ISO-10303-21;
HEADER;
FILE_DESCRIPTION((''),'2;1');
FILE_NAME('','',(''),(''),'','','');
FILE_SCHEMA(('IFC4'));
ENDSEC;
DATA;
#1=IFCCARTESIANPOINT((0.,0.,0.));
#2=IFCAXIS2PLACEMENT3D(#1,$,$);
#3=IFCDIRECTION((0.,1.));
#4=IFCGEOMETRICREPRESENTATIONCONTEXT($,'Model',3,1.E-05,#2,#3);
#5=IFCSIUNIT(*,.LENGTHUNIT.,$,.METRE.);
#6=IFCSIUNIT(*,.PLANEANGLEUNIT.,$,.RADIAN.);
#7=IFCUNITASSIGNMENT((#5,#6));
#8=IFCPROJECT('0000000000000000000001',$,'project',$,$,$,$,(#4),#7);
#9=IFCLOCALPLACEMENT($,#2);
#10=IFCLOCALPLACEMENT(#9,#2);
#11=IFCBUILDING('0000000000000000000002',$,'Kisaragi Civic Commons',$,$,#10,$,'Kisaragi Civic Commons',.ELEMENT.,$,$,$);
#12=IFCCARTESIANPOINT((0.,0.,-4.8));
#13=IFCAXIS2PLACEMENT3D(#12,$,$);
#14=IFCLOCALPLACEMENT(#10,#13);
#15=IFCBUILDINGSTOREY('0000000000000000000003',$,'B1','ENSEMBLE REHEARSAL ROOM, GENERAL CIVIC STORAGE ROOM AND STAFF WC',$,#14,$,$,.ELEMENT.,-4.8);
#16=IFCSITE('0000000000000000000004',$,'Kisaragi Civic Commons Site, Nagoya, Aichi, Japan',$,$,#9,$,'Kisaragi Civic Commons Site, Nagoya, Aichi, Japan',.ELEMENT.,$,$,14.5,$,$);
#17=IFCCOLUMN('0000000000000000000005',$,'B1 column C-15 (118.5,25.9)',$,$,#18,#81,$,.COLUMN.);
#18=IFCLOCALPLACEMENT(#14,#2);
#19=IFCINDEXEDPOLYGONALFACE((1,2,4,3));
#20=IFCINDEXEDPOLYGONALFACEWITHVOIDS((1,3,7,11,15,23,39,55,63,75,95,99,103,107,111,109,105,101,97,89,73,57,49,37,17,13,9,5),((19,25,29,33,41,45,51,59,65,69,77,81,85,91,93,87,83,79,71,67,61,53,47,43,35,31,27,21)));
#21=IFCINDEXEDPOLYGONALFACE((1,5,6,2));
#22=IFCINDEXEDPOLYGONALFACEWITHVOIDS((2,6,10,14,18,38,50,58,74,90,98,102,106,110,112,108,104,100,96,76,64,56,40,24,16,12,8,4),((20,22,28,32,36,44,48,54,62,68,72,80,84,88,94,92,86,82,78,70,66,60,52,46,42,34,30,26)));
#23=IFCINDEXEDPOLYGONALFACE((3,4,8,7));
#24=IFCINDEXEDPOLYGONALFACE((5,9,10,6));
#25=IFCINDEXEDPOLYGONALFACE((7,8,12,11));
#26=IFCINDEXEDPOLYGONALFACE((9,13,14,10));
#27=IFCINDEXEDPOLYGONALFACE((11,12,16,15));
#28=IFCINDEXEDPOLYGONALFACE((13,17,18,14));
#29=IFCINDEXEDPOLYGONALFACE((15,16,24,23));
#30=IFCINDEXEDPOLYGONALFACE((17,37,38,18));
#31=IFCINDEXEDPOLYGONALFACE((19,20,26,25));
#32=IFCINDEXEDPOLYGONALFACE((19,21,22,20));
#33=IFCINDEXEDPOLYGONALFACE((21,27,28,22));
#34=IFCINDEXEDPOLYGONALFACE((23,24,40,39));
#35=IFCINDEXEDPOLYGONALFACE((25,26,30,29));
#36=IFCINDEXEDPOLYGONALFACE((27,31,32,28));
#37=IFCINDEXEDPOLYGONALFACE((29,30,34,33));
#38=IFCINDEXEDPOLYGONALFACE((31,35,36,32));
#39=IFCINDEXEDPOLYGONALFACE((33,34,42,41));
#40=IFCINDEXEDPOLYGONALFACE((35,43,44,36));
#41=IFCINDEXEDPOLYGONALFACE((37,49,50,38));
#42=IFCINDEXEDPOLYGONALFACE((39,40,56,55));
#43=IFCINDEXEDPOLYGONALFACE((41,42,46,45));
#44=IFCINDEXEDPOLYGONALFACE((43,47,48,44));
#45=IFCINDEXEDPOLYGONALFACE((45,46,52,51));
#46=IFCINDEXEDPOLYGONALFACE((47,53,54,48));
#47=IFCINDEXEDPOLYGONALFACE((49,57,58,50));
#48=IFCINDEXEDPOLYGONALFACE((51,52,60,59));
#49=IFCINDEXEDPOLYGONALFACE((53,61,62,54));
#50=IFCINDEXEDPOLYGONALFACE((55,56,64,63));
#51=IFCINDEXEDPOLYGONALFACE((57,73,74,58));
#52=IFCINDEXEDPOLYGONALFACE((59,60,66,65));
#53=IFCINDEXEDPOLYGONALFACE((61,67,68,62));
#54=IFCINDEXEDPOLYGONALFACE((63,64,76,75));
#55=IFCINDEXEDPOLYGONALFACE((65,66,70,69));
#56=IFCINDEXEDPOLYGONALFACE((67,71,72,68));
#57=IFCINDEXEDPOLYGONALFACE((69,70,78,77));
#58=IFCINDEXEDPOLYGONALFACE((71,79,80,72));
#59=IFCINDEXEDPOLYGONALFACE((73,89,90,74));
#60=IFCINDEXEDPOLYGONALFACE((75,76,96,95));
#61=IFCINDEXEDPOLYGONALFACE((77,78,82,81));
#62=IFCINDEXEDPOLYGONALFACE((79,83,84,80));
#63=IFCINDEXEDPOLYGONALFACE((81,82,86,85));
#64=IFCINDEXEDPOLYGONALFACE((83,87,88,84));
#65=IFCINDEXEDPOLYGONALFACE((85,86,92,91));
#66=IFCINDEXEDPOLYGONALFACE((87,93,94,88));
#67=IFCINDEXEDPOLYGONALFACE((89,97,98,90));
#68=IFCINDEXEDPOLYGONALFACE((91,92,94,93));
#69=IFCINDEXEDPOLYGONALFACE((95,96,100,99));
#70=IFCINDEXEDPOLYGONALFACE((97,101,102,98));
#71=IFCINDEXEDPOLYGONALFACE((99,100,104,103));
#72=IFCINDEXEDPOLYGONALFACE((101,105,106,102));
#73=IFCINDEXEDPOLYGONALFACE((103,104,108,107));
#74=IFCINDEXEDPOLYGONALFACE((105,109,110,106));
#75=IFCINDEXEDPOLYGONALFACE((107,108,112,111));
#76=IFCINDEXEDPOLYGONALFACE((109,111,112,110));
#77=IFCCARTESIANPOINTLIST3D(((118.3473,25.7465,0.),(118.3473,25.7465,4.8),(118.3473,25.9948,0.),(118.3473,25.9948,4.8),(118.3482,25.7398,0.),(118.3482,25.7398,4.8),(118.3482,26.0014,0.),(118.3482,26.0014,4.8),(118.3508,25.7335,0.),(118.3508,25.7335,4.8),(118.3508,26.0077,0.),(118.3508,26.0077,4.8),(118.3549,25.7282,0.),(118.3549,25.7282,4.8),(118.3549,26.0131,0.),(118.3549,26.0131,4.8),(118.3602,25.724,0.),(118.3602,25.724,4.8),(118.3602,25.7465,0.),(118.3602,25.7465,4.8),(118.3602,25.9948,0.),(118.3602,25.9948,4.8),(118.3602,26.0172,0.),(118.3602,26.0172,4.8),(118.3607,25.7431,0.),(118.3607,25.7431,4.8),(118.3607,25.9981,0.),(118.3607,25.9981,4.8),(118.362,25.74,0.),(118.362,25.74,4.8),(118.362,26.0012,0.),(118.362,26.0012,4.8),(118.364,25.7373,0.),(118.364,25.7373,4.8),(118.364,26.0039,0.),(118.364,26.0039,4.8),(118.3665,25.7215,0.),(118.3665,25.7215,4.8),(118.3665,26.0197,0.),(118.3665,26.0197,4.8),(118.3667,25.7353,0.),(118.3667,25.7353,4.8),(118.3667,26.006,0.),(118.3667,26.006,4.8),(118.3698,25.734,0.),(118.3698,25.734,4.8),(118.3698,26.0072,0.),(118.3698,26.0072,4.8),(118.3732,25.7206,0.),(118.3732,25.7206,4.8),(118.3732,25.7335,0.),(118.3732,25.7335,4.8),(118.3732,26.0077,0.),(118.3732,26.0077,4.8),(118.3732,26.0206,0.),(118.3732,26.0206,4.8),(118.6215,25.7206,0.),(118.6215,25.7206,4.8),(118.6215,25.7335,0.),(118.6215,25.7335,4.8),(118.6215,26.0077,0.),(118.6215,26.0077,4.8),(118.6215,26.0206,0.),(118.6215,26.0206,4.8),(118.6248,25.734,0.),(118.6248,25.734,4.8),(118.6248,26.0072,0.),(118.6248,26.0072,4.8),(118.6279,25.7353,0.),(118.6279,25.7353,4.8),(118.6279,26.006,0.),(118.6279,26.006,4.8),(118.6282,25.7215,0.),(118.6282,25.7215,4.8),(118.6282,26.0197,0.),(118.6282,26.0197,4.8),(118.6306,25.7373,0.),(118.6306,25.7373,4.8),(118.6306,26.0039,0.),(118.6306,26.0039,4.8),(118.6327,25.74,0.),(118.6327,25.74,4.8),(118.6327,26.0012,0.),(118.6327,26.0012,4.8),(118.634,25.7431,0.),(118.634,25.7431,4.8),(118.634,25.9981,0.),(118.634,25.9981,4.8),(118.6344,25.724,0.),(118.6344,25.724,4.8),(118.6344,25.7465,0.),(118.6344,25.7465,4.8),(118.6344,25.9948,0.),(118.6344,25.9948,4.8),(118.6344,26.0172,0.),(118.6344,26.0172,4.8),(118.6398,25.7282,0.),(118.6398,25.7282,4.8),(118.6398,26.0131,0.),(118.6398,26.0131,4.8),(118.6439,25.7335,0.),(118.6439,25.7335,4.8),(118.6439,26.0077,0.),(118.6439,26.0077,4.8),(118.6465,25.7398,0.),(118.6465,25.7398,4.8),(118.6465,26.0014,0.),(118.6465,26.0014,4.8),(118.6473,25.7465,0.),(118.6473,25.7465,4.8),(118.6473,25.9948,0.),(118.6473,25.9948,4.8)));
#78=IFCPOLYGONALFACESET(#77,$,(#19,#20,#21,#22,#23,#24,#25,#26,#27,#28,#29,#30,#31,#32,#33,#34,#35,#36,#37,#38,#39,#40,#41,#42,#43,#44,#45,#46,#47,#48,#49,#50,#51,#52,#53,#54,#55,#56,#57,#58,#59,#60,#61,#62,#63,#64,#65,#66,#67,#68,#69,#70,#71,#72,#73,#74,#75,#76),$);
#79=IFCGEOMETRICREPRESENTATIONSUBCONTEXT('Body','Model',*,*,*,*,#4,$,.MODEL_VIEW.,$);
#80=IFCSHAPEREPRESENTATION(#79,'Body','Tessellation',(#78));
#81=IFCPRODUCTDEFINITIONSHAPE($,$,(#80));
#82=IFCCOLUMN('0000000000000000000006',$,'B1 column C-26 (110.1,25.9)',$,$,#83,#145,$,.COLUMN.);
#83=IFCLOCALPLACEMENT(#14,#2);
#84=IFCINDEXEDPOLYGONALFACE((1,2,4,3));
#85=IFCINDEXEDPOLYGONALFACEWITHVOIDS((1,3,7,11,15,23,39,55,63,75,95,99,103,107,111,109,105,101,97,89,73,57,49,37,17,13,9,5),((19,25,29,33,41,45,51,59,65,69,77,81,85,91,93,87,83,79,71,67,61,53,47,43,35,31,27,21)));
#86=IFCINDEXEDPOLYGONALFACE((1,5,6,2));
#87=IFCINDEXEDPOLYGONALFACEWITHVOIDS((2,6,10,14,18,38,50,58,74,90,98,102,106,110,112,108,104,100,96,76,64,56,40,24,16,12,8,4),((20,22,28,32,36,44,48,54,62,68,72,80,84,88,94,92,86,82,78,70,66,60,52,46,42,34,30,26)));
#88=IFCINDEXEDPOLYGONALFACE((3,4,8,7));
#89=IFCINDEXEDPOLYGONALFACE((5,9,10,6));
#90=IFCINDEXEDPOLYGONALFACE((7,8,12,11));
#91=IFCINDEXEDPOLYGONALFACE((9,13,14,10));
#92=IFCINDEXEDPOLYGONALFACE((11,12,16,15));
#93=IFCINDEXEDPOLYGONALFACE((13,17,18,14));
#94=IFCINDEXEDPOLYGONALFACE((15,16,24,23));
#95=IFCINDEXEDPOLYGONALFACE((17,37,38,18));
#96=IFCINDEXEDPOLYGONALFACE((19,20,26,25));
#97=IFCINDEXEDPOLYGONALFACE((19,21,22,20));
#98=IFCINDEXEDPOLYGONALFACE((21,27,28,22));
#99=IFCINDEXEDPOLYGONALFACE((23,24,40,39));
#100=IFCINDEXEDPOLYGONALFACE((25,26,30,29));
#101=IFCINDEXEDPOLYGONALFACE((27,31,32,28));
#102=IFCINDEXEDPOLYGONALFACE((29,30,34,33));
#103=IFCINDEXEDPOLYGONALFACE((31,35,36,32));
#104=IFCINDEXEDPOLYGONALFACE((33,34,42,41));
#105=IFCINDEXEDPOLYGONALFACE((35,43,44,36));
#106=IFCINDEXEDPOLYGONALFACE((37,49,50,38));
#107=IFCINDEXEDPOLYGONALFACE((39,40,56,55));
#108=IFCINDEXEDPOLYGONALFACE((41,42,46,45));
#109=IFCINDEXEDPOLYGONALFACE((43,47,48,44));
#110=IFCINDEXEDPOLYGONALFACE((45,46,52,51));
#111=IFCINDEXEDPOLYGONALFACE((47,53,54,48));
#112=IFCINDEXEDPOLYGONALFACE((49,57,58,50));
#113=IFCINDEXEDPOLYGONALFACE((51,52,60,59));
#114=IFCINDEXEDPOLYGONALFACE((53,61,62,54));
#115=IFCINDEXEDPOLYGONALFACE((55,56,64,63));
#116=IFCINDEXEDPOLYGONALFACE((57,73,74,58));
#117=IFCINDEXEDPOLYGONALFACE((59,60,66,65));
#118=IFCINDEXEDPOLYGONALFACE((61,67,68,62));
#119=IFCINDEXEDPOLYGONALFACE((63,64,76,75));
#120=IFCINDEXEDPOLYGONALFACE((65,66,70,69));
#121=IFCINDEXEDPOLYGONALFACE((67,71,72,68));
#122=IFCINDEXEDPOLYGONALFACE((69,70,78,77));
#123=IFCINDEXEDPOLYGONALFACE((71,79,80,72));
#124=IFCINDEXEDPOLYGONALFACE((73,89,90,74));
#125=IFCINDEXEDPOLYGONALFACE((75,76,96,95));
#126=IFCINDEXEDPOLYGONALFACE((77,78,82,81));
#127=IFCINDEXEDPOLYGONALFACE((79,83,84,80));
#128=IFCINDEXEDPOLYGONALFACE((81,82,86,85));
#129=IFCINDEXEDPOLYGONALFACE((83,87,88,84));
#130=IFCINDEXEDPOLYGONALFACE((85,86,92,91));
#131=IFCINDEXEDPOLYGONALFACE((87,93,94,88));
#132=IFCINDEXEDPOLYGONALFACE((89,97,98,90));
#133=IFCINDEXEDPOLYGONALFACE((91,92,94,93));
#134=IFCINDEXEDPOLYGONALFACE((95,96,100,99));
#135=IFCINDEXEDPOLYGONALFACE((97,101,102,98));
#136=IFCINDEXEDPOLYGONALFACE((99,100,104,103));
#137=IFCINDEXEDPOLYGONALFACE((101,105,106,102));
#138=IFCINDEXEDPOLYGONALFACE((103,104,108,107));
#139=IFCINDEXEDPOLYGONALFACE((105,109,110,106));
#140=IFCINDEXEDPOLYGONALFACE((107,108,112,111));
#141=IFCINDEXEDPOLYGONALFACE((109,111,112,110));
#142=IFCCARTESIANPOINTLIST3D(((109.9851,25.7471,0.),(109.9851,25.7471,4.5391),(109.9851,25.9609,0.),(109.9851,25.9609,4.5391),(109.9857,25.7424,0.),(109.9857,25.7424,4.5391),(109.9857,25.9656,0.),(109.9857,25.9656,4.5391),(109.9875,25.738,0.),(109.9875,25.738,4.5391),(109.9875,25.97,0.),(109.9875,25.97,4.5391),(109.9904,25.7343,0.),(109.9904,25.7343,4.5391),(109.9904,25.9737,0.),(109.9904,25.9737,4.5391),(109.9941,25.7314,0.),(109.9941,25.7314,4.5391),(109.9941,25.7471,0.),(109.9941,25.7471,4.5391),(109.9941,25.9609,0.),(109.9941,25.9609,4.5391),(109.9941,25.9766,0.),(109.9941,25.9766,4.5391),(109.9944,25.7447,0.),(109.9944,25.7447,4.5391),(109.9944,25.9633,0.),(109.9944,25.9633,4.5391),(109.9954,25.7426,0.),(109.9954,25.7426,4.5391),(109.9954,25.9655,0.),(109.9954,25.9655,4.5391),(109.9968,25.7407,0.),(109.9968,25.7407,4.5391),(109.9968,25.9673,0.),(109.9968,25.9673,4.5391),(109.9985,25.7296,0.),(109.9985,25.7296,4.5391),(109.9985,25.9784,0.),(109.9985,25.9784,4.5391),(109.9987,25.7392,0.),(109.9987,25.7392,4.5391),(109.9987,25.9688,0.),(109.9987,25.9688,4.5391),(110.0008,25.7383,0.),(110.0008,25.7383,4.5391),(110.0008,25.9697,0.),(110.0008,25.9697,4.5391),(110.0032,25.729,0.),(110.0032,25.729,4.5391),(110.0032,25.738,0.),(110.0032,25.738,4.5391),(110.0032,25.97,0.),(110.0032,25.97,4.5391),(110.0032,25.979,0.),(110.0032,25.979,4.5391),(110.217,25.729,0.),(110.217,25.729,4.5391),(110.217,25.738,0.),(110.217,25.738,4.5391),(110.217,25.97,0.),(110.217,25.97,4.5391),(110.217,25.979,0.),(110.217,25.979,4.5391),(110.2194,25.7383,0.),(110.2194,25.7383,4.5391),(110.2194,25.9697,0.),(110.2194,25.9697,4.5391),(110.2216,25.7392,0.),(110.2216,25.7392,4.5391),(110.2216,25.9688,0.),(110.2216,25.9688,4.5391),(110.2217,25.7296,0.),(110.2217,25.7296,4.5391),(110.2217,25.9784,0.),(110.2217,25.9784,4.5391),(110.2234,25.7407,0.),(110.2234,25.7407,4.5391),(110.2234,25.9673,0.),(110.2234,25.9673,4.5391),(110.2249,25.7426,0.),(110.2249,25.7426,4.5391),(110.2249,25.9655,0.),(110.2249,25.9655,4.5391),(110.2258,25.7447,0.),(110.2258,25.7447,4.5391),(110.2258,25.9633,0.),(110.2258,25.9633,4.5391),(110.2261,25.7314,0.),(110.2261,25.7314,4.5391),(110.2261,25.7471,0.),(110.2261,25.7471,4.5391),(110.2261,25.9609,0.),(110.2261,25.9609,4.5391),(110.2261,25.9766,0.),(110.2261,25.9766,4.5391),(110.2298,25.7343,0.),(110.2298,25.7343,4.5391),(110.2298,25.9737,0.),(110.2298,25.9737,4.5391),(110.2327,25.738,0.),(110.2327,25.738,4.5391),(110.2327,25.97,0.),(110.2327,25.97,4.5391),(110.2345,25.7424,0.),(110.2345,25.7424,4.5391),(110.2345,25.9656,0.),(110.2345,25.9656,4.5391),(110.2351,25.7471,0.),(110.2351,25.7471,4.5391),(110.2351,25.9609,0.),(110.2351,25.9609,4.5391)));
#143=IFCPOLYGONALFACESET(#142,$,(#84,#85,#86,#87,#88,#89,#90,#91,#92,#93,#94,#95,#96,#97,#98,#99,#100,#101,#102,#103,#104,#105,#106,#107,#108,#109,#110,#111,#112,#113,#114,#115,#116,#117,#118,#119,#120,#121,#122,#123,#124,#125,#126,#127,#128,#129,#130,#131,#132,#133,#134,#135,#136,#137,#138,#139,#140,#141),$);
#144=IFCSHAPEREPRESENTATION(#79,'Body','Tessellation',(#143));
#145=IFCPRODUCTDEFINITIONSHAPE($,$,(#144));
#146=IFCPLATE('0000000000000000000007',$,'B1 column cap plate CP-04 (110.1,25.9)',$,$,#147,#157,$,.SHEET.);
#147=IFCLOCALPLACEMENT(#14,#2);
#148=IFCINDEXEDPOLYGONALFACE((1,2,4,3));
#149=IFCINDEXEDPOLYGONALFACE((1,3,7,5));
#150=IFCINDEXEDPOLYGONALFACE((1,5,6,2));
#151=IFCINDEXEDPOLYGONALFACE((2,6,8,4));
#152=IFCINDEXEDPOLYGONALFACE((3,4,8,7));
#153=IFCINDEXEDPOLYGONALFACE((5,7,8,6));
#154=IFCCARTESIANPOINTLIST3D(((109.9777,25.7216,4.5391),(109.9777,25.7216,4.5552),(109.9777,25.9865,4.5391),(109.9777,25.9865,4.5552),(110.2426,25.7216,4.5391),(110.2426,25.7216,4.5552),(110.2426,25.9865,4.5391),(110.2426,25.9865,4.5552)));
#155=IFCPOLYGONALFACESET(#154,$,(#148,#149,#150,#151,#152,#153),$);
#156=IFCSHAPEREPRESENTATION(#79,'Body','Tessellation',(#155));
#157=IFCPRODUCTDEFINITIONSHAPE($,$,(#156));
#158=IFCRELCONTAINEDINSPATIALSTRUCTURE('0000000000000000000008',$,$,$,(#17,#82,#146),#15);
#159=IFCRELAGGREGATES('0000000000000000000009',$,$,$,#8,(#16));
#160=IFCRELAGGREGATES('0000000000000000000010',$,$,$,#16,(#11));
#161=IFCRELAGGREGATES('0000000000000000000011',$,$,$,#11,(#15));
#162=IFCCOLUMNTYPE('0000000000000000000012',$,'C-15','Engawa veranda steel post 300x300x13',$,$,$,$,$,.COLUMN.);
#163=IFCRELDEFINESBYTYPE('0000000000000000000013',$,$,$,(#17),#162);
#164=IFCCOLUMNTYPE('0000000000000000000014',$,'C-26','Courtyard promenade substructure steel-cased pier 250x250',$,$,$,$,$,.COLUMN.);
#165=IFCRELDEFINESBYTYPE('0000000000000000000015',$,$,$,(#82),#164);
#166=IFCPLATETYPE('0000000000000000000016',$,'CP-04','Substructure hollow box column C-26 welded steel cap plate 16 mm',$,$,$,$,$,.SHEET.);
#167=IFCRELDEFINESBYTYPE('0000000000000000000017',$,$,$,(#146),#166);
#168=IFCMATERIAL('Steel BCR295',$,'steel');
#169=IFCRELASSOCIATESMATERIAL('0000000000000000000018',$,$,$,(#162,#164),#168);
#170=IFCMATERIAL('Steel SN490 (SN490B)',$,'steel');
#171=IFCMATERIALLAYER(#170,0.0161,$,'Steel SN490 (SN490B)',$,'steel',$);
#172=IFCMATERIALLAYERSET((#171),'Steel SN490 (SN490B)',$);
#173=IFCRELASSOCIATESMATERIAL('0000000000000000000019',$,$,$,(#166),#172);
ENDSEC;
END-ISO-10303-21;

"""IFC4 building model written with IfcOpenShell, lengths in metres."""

from ifc_helpers import new_model, si_unit, direction, frame, origin, origin_2d, place, context, subcontext, project, spatial, rectangle, hollow_rectangle, extrude, material, layer, layer_set, material_profile, profile_set, type_object, element, save


model = new_model("IFC4")

# Units and contexts
model_context = context("Model", 3, precision=1e-05, world=origin(), true_north=direction((0.0, 1.0)))
body_context = subcontext(model_context, "Body", "Model", "MODEL_VIEW")
ifc_project = project(units=[si_unit("LENGTHUNIT", "METRE"), si_unit("PLANEANGLEUNIT", "RADIAN")], contexts=[model_context])

# Site, building, storey
site_placement = place(None, origin())
site = spatial("IfcSite", under=ifc_project, at=site_placement, Name="Kisaragi Civic Commons Site, Nagoya, Aichi, Japan", LongName="Kisaragi Civic Commons Site, Nagoya, Aichi, Japan", CompositionType="ELEMENT", RefElevation=14.5)
building_placement = place(site_placement, origin())
building = spatial("IfcBuilding", under=site, at=building_placement, Name="Kisaragi Civic Commons", LongName="Kisaragi Civic Commons", CompositionType="ELEMENT")
storey_placement = place(building_placement, frame((0.0, 0.0, -4.8)))
storey = spatial("IfcBuildingStorey", under=building, at=storey_placement, Name="B1", Description="ENSEMBLE REHEARSAL ROOM, GENERAL CIVIC STORAGE ROOM AND STAFF WC", CompositionType="ELEMENT", Elevation=-4.8)

# Columns
ifc_material_1 = material(Name="Steel BCR295", Category="steel")
ifc_material_profile_1 = material_profile(ifc_material_1, hollow_rectangle(XDim=0.3, YDim=0.3, WallThickness=0.0129, InnerFilletRadius=0.0129, OuterFilletRadius=0.0259, at=origin_2d()), Name="BCR-300x300x13", Category="steel")
ifc_profile_set_1 = profile_set([ifc_material_profile_1], Name="Steel BCR295")
column_type_1 = type_object("IfcColumnType", Name="C-15", Description="Engawa veranda steel post 300x300x13", PredefinedType="COLUMN", material=ifc_profile_set_1)
for number, where, z_axis, x_axis, name in (
    (1, (118.4973, 25.8706, 0.0), (0.0, 0.0, 1.0), (1.0, 0.0, 0.0), "B1 column C-15 (118.5,25.9)"),
):
    element("IfcColumn", number, at=place(storey_placement, frame(where, z_axis=z_axis, x_axis=x_axis)), inside=storey, type_object=column_type_1, Name=name, PredefinedType="COLUMN", context=body_context, shape_type="SweptSolid", body=[
        extrude(hollow_rectangle(XDim=0.3, YDim=0.3, WallThickness=0.0129, InnerFilletRadius=0.0129, OuterFilletRadius=0.0259, at=origin_2d()), origin(), (0.0, 0.0, 1.0), 4.8),
    ])
ifc_material_profile_2 = material_profile(ifc_material_1, hollow_rectangle(XDim=0.25, YDim=0.25, WallThickness=0.009, InnerFilletRadius=0.009, OuterFilletRadius=0.0181, at=origin_2d()), Name="BCR-250x250x9", Category="steel")
ifc_profile_set_2 = profile_set([ifc_material_profile_2], Name="Steel BCR295")
column_type_2 = type_object("IfcColumnType", Name="C-26", Description="Courtyard promenade substructure steel-cased pier 250x250", PredefinedType="COLUMN", material=ifc_profile_set_2)
column_placement = place(storey_placement, frame((110.1101, 25.854, 0.0), z_axis=(0.0, 0.0, 1.0), x_axis=(1.0, 0.0, 0.0)))
element("IfcColumn", 2, at=column_placement, inside=storey, type_object=column_type_2, Name="B1 column C-26 (110.1,25.9)", PredefinedType="COLUMN", context=body_context, shape_type="SweptSolid", body=[
    extrude(hollow_rectangle(XDim=0.25, YDim=0.25, WallThickness=0.009, InnerFilletRadius=0.009, OuterFilletRadius=0.0181, at=origin_2d()), origin(), (0.0, 0.0, 1.0), 4.5391),
])

# Plate
ifc_material_2 = material(Name="Steel SN490 (SN490B)", Category="steel")
ifc_layer = layer(ifc_material_2, 0.0161, Name="Steel SN490 (SN490B)", Category="steel")
ifc_layer_set = layer_set([ifc_layer], Name="Steel SN490 (SN490B)")
plate_type = type_object("IfcPlateType", Name="CP-04", Description="Substructure hollow box column C-26 welded steel cap plate 16 mm", PredefinedType="SHEET", material=ifc_layer_set)
plate_placement = place(storey_placement, frame((110.1101, 25.854, 4.5391), z_axis=(0.0, 0.0, 1.0), x_axis=(1.0, 0.0, 0.0)))
element("IfcPlate", 3, at=plate_placement, inside=storey, type_object=plate_type, Name="B1 column cap plate CP-04 (110.1,25.9)", PredefinedType="SHEET", context=body_context, shape_type="SweptSolid", body=[
    extrude(rectangle(XDim=0.2649, YDim=0.2649, at=origin_2d()), origin(), (0.0, 0.0, 1.0), 0.0161),
])

save(model, "model.ifc")
